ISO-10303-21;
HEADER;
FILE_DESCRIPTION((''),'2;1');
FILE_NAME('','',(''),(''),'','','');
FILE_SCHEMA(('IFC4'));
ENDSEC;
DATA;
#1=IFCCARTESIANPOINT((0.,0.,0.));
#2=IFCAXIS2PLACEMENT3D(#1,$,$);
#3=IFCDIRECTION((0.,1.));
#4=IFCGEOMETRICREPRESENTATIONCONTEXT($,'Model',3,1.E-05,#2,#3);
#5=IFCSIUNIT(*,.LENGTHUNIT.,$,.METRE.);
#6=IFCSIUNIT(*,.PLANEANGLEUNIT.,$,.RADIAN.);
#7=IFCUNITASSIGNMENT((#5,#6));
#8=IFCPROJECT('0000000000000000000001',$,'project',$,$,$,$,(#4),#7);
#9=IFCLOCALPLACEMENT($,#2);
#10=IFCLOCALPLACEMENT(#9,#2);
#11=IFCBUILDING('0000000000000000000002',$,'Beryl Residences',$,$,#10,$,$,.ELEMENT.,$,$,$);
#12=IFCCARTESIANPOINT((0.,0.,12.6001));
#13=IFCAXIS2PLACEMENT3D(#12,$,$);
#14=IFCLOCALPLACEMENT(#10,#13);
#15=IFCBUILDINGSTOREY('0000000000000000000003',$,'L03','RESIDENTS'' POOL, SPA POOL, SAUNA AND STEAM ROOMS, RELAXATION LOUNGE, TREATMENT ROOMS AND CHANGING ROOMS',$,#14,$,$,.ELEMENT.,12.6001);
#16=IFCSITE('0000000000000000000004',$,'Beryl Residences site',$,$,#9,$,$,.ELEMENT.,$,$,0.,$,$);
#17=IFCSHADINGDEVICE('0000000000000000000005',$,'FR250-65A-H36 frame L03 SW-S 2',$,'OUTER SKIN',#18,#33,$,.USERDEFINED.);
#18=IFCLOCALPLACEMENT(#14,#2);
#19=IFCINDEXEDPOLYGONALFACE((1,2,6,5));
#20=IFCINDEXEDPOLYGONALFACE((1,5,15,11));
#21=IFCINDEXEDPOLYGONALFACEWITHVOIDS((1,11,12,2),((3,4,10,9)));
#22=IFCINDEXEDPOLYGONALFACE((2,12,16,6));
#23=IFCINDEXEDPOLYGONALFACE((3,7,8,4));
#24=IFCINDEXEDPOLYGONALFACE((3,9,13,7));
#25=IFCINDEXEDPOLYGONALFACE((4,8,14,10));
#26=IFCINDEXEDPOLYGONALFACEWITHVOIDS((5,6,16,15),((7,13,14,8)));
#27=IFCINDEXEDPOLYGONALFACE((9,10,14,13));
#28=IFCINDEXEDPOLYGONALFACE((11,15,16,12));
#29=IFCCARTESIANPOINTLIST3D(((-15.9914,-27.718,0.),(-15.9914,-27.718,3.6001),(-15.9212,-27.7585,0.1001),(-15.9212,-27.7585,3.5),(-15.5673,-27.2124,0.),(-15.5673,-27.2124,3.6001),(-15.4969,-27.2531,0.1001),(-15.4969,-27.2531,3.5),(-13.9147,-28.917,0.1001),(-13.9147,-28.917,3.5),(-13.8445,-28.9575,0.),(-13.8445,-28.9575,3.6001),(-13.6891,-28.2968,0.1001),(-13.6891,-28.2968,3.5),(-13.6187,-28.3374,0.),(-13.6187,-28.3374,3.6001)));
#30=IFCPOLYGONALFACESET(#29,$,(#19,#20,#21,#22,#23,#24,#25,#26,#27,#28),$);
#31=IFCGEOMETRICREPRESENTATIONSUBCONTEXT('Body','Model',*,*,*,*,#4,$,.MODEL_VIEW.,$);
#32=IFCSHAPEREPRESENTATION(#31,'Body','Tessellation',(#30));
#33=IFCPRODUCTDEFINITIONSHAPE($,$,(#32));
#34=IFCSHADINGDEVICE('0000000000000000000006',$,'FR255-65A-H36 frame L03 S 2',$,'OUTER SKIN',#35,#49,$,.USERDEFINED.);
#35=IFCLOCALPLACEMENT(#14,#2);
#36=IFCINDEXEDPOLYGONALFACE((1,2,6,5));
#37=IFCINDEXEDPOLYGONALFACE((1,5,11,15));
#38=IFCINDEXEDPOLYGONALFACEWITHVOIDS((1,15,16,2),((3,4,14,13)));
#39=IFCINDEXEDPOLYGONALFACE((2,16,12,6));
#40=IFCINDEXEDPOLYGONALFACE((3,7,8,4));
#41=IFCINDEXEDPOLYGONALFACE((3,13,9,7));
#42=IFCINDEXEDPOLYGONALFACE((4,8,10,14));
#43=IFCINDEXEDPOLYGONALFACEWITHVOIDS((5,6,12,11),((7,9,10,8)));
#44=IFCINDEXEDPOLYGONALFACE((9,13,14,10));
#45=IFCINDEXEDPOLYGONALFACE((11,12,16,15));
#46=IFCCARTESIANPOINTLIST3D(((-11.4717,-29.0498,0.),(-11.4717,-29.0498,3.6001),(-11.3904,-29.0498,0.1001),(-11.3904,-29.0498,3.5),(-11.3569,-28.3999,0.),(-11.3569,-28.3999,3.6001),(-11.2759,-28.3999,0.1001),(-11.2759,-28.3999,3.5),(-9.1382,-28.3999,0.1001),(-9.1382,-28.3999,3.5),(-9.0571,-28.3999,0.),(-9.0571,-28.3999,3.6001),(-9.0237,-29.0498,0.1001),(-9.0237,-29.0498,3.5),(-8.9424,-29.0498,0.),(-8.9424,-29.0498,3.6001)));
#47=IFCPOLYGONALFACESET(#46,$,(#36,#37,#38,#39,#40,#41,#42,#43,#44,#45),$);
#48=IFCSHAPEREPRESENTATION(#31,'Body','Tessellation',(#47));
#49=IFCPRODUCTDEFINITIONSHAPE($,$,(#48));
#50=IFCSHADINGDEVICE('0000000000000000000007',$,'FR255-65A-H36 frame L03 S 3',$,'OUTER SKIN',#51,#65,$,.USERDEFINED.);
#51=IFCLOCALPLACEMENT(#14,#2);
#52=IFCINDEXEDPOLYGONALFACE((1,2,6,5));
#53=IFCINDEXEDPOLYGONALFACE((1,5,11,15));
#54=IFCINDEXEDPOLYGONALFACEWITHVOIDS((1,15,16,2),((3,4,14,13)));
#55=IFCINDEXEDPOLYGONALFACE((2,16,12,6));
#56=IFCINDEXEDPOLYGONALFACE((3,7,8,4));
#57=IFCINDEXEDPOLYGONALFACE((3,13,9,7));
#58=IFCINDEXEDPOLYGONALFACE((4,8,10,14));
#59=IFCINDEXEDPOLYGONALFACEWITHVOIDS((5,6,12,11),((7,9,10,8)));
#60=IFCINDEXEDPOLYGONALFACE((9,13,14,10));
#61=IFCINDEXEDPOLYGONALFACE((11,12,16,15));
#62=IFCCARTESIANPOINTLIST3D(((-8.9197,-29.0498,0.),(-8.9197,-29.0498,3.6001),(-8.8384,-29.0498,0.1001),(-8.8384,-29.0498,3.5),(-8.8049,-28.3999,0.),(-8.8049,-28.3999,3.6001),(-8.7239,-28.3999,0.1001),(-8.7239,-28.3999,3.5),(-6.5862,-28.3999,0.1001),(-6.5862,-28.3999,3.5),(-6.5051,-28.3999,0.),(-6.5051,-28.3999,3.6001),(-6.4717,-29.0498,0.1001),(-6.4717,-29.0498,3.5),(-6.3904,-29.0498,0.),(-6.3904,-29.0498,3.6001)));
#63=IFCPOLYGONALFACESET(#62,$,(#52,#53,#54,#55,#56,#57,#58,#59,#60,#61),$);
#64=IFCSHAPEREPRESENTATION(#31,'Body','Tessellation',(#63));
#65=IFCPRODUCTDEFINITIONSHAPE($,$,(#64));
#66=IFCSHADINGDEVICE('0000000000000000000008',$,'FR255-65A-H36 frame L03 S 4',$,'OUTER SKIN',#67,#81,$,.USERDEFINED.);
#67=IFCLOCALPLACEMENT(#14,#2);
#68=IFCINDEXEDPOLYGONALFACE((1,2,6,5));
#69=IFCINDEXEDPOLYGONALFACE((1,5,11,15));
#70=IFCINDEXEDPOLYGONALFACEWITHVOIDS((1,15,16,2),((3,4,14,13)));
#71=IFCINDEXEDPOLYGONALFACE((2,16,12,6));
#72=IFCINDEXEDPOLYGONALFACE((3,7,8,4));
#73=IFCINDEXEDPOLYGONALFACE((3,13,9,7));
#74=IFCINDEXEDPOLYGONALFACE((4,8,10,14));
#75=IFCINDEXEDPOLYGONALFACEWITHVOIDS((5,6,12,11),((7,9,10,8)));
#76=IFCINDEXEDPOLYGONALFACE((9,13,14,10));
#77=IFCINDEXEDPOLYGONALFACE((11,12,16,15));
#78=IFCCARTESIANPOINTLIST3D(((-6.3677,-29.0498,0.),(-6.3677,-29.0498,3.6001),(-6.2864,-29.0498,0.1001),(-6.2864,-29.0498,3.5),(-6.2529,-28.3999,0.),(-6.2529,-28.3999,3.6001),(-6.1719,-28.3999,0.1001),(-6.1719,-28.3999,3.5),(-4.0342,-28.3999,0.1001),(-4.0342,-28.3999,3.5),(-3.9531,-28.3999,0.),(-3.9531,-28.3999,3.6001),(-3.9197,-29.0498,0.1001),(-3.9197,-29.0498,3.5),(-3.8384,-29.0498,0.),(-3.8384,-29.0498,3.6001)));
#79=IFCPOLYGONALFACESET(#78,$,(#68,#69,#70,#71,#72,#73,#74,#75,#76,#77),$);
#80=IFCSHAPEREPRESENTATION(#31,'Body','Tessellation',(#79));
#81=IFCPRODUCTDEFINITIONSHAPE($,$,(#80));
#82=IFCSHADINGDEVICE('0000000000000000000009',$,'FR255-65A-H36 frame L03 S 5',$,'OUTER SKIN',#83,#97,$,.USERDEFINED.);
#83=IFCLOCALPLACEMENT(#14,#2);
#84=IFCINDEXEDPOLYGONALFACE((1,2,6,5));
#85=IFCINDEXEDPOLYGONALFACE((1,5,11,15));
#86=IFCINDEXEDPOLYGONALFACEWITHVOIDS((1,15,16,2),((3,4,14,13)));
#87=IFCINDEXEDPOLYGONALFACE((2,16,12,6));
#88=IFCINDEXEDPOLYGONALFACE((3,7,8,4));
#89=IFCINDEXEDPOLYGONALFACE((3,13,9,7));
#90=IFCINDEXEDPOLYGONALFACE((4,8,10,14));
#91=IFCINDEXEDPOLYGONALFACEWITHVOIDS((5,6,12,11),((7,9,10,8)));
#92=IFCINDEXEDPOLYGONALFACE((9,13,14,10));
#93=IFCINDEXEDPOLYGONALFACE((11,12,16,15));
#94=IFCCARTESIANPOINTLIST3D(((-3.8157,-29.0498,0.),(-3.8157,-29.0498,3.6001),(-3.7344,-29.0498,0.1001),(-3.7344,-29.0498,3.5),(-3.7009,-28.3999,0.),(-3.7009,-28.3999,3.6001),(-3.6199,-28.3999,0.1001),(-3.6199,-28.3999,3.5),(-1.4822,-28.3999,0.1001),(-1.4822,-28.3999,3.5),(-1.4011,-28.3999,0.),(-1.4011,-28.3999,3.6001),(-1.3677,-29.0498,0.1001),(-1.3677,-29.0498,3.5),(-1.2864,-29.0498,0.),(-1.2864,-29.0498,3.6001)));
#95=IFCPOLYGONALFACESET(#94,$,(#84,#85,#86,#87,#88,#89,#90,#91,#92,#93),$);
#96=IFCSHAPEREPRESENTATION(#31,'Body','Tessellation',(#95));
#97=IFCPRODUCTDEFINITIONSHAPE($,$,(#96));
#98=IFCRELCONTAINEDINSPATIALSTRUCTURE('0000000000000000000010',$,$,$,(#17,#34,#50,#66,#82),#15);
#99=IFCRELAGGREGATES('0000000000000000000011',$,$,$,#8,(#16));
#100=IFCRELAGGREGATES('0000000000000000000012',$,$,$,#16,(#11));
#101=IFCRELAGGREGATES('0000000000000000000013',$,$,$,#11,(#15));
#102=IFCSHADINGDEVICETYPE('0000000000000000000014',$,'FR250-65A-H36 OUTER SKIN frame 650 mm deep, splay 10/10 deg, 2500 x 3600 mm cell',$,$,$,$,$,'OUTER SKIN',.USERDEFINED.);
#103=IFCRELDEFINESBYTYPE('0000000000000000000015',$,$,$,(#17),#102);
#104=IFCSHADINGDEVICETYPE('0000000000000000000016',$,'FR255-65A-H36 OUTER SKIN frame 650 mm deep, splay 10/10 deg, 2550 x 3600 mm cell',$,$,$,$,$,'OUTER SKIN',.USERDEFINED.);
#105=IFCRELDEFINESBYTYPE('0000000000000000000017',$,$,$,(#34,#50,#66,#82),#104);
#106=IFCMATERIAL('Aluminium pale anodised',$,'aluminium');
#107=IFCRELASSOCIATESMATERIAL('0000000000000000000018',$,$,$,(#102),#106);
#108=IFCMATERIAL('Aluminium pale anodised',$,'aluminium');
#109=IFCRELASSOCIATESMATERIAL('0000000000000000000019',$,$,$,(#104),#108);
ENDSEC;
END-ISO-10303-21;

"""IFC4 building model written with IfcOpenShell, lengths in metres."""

from ifc_helpers import new_model, entity, si_unit, direction, frame, origin, place, context, subcontext, project, spatial, source, transform, mapped, material, type_object, type_shapes, element, save


model = new_model("IFC4")

# Units and contexts
model_context = context("Model", 3, precision=1e-05, world=origin(), true_north=direction((0.0, 1.0)))
body_context = subcontext(model_context, "Body", "Model", "MODEL_VIEW")
ifc_project = project(units=[si_unit("LENGTHUNIT", "METRE"), si_unit("PLANEANGLEUNIT", "RADIAN")], contexts=[model_context])

# Site, building, storey
site_placement = place(None, origin())
site = spatial("IfcSite", under=ifc_project, at=site_placement, Name="Beryl Residences site", CompositionType="ELEMENT", RefElevation=0.0)
building_placement = place(site_placement, origin())
building = spatial("IfcBuilding", under=site, at=building_placement, Name="Beryl Residences", CompositionType="ELEMENT")
storey_placement = place(building_placement, frame((0.0, 0.0, 12.6001)))
storey = spatial("IfcBuildingStorey", under=building, at=storey_placement, Name="L03", Description="RESIDENTS' POOL, SPA POOL, SAUNA AND STEAM ROOMS, RELAXATION LOUNGE, TREATMENT ROOMS AND CHANGING ROOMS", CompositionType="ELEMENT", Elevation=12.6001)

# Shading devices
ifc_material_1 = material(Name="Aluminium pale anodised", Category="aluminium")
shading_device_type_1 = type_object("IfcShadingDeviceType", Name="FR250-65A-H36 OUTER SKIN frame 650 mm deep, splay 10/10 deg, 2500 x 3600 mm cell", ElementType="OUTER SKIN", PredefinedType="USERDEFINED", material=ifc_material_1)
cartesian_point_1 = entity("IfcCartesianPoint", [-1.125, 0.0])
cartesian_point_2 = entity("IfcCartesianPoint", [-1.0437, 0.1001])
cartesian_point_3 = entity("IfcCartesianPoint", [-1.2395, 0.0])
cartesian_point_4 = entity("IfcCartesianPoint", [-1.1584, 0.1001])
shared_shape_1 = source(origin(), body_context, "Body", "SweptSolid", [
    entity("IfcExtrudedAreaSolidTapered", entity("IfcArbitraryProfileDefWithVoids", "AREA", None, entity("IfcPolyline", [cartesian_point_1, entity("IfcCartesianPoint", [1.125, 0.0]), entity("IfcCartesianPoint", [1.125, 3.6001]), entity("IfcCartesianPoint", [-1.125, 3.6001]), cartesian_point_1]), [entity("IfcPolyline", [cartesian_point_2, entity("IfcCartesianPoint", [1.0437, 0.1001]), entity("IfcCartesianPoint", [1.0437, 3.5]), entity("IfcCartesianPoint", [-1.0437, 3.5]), cartesian_point_2])]), entity("IfcAxis2Placement3D", entity("IfcCartesianPoint", [0.0, 0.0, 0.0]), entity("IfcDirection", [0.0, 1.0, 0.0]), entity("IfcDirection", [-1.0, 0.0, 0.0])), entity("IfcDirection", [0.0, 0.0, 1.0]), 0.6499, entity("IfcArbitraryProfileDefWithVoids", "AREA", None, entity("IfcPolyline", [cartesian_point_3, entity("IfcCartesianPoint", [1.2395, 0.0]), entity("IfcCartesianPoint", [1.2395, 3.6001]), entity("IfcCartesianPoint", [-1.2395, 3.6001]), cartesian_point_3]), [entity("IfcPolyline", [cartesian_point_4, entity("IfcCartesianPoint", [1.1584, 0.1001]), entity("IfcCartesianPoint", [1.1584, 3.5]), entity("IfcCartesianPoint", [-1.1584, 3.5]), cartesian_point_4])])),
])
type_shapes(shading_device_type_1, [shared_shape_1])
shading_device_1_placement = place(storey_placement, frame((-14.593, -27.7749, 0.0), z_axis=(0.0, 0.0, 1.0), x_axis=(-0.866025, 0.5, 0.0)))
element("IfcShadingDevice", 1, at=shading_device_1_placement, inside=storey, type_object=shading_device_type_1, Name="FR250-65A-H36 frame L03 SW-S 2", ObjectType="OUTER SKIN", PredefinedType="USERDEFINED", context=body_context, shape_type="MappedRepresentation", body=[
    mapped(shared_shape_1, transform((0.0, 0.0, 0.0))),
])
ifc_material_2 = material(Name="Aluminium pale anodised", Category="aluminium")
shading_device_type_2 = type_object("IfcShadingDeviceType", Name="FR255-65A-H36 OUTER SKIN frame 650 mm deep, splay 10/10 deg, 2550 x 3600 mm cell", ElementType="OUTER SKIN", PredefinedType="USERDEFINED", material=ifc_material_2)
cartesian_point_5 = entity("IfcCartesianPoint", [-1.1499, 0.0])
cartesian_point_6 = entity("IfcCartesianPoint", [-1.0688, 0.1001])
cartesian_point_7 = entity("IfcCartesianPoint", [-1.2646, 0.0])
cartesian_point_8 = entity("IfcCartesianPoint", [-1.1833, 0.1001])
shared_shape_2 = source(origin(), body_context, "Body", "SweptSolid", [
    entity("IfcExtrudedAreaSolidTapered", entity("IfcArbitraryProfileDefWithVoids", "AREA", None, entity("IfcPolyline", [cartesian_point_5, entity("IfcCartesianPoint", [1.1499, 0.0]), entity("IfcCartesianPoint", [1.1499, 3.6001]), entity("IfcCartesianPoint", [-1.1499, 3.6001]), cartesian_point_5]), [entity("IfcPolyline", [cartesian_point_6, entity("IfcCartesianPoint", [1.0688, 0.1001]), entity("IfcCartesianPoint", [1.0688, 3.5]), entity("IfcCartesianPoint", [-1.0688, 3.5]), cartesian_point_6])]), entity("IfcAxis2Placement3D", entity("IfcCartesianPoint", [0.0, 0.0, 0.0]), entity("IfcDirection", [0.0, 1.0, 0.0]), entity("IfcDirection", [-1.0, 0.0, 0.0])), entity("IfcDirection", [0.0, 0.0, 1.0]), 0.6499, entity("IfcArbitraryProfileDefWithVoids", "AREA", None, entity("IfcPolyline", [cartesian_point_7, entity("IfcCartesianPoint", [1.2646, 0.0]), entity("IfcCartesianPoint", [1.2646, 3.6001]), entity("IfcCartesianPoint", [-1.2646, 3.6001]), cartesian_point_7]), [entity("IfcPolyline", [cartesian_point_8, entity("IfcCartesianPoint", [1.1833, 0.1001]), entity("IfcCartesianPoint", [1.1833, 3.5]), entity("IfcCartesianPoint", [-1.1833, 3.5]), cartesian_point_8])])),
])
type_shapes(shading_device_type_2, [shared_shape_2])
for number, where, z_axis, x_axis, name in (
    (2, (-10.207, -28.3999, 0.0), (0.0, 0.0, 1.0), (-1.0, 0.0, 0.0), "FR255-65A-H36 frame L03 S 2"),
    (3, (-7.655, -28.3999, 0.0), (0.0, 0.0, 1.0), (-1.0, 0.0, 0.0), "FR255-65A-H36 frame L03 S 3"),
    (4, (-5.103, -28.3999, 0.0), (0.0, 0.0, 1.0), (-1.0, 0.0, 0.0), "FR255-65A-H36 frame L03 S 4"),
    (5, (-2.551, -28.3999, 0.0), (0.0, 0.0, 1.0), (-1.0, 0.0, 0.0), "FR255-65A-H36 frame L03 S 5"),
):
    element("IfcShadingDevice", number, at=place(storey_placement, frame(where, z_axis=z_axis, x_axis=x_axis)), inside=storey, type_object=shading_device_type_2, Name=name, ObjectType="OUTER SKIN", PredefinedType="USERDEFINED", context=body_context, shape_type="MappedRepresentation", body=[
        mapped(shared_shape_2, transform((0.0, 0.0, 0.0))),
    ])

save(model, "model.ifc")
